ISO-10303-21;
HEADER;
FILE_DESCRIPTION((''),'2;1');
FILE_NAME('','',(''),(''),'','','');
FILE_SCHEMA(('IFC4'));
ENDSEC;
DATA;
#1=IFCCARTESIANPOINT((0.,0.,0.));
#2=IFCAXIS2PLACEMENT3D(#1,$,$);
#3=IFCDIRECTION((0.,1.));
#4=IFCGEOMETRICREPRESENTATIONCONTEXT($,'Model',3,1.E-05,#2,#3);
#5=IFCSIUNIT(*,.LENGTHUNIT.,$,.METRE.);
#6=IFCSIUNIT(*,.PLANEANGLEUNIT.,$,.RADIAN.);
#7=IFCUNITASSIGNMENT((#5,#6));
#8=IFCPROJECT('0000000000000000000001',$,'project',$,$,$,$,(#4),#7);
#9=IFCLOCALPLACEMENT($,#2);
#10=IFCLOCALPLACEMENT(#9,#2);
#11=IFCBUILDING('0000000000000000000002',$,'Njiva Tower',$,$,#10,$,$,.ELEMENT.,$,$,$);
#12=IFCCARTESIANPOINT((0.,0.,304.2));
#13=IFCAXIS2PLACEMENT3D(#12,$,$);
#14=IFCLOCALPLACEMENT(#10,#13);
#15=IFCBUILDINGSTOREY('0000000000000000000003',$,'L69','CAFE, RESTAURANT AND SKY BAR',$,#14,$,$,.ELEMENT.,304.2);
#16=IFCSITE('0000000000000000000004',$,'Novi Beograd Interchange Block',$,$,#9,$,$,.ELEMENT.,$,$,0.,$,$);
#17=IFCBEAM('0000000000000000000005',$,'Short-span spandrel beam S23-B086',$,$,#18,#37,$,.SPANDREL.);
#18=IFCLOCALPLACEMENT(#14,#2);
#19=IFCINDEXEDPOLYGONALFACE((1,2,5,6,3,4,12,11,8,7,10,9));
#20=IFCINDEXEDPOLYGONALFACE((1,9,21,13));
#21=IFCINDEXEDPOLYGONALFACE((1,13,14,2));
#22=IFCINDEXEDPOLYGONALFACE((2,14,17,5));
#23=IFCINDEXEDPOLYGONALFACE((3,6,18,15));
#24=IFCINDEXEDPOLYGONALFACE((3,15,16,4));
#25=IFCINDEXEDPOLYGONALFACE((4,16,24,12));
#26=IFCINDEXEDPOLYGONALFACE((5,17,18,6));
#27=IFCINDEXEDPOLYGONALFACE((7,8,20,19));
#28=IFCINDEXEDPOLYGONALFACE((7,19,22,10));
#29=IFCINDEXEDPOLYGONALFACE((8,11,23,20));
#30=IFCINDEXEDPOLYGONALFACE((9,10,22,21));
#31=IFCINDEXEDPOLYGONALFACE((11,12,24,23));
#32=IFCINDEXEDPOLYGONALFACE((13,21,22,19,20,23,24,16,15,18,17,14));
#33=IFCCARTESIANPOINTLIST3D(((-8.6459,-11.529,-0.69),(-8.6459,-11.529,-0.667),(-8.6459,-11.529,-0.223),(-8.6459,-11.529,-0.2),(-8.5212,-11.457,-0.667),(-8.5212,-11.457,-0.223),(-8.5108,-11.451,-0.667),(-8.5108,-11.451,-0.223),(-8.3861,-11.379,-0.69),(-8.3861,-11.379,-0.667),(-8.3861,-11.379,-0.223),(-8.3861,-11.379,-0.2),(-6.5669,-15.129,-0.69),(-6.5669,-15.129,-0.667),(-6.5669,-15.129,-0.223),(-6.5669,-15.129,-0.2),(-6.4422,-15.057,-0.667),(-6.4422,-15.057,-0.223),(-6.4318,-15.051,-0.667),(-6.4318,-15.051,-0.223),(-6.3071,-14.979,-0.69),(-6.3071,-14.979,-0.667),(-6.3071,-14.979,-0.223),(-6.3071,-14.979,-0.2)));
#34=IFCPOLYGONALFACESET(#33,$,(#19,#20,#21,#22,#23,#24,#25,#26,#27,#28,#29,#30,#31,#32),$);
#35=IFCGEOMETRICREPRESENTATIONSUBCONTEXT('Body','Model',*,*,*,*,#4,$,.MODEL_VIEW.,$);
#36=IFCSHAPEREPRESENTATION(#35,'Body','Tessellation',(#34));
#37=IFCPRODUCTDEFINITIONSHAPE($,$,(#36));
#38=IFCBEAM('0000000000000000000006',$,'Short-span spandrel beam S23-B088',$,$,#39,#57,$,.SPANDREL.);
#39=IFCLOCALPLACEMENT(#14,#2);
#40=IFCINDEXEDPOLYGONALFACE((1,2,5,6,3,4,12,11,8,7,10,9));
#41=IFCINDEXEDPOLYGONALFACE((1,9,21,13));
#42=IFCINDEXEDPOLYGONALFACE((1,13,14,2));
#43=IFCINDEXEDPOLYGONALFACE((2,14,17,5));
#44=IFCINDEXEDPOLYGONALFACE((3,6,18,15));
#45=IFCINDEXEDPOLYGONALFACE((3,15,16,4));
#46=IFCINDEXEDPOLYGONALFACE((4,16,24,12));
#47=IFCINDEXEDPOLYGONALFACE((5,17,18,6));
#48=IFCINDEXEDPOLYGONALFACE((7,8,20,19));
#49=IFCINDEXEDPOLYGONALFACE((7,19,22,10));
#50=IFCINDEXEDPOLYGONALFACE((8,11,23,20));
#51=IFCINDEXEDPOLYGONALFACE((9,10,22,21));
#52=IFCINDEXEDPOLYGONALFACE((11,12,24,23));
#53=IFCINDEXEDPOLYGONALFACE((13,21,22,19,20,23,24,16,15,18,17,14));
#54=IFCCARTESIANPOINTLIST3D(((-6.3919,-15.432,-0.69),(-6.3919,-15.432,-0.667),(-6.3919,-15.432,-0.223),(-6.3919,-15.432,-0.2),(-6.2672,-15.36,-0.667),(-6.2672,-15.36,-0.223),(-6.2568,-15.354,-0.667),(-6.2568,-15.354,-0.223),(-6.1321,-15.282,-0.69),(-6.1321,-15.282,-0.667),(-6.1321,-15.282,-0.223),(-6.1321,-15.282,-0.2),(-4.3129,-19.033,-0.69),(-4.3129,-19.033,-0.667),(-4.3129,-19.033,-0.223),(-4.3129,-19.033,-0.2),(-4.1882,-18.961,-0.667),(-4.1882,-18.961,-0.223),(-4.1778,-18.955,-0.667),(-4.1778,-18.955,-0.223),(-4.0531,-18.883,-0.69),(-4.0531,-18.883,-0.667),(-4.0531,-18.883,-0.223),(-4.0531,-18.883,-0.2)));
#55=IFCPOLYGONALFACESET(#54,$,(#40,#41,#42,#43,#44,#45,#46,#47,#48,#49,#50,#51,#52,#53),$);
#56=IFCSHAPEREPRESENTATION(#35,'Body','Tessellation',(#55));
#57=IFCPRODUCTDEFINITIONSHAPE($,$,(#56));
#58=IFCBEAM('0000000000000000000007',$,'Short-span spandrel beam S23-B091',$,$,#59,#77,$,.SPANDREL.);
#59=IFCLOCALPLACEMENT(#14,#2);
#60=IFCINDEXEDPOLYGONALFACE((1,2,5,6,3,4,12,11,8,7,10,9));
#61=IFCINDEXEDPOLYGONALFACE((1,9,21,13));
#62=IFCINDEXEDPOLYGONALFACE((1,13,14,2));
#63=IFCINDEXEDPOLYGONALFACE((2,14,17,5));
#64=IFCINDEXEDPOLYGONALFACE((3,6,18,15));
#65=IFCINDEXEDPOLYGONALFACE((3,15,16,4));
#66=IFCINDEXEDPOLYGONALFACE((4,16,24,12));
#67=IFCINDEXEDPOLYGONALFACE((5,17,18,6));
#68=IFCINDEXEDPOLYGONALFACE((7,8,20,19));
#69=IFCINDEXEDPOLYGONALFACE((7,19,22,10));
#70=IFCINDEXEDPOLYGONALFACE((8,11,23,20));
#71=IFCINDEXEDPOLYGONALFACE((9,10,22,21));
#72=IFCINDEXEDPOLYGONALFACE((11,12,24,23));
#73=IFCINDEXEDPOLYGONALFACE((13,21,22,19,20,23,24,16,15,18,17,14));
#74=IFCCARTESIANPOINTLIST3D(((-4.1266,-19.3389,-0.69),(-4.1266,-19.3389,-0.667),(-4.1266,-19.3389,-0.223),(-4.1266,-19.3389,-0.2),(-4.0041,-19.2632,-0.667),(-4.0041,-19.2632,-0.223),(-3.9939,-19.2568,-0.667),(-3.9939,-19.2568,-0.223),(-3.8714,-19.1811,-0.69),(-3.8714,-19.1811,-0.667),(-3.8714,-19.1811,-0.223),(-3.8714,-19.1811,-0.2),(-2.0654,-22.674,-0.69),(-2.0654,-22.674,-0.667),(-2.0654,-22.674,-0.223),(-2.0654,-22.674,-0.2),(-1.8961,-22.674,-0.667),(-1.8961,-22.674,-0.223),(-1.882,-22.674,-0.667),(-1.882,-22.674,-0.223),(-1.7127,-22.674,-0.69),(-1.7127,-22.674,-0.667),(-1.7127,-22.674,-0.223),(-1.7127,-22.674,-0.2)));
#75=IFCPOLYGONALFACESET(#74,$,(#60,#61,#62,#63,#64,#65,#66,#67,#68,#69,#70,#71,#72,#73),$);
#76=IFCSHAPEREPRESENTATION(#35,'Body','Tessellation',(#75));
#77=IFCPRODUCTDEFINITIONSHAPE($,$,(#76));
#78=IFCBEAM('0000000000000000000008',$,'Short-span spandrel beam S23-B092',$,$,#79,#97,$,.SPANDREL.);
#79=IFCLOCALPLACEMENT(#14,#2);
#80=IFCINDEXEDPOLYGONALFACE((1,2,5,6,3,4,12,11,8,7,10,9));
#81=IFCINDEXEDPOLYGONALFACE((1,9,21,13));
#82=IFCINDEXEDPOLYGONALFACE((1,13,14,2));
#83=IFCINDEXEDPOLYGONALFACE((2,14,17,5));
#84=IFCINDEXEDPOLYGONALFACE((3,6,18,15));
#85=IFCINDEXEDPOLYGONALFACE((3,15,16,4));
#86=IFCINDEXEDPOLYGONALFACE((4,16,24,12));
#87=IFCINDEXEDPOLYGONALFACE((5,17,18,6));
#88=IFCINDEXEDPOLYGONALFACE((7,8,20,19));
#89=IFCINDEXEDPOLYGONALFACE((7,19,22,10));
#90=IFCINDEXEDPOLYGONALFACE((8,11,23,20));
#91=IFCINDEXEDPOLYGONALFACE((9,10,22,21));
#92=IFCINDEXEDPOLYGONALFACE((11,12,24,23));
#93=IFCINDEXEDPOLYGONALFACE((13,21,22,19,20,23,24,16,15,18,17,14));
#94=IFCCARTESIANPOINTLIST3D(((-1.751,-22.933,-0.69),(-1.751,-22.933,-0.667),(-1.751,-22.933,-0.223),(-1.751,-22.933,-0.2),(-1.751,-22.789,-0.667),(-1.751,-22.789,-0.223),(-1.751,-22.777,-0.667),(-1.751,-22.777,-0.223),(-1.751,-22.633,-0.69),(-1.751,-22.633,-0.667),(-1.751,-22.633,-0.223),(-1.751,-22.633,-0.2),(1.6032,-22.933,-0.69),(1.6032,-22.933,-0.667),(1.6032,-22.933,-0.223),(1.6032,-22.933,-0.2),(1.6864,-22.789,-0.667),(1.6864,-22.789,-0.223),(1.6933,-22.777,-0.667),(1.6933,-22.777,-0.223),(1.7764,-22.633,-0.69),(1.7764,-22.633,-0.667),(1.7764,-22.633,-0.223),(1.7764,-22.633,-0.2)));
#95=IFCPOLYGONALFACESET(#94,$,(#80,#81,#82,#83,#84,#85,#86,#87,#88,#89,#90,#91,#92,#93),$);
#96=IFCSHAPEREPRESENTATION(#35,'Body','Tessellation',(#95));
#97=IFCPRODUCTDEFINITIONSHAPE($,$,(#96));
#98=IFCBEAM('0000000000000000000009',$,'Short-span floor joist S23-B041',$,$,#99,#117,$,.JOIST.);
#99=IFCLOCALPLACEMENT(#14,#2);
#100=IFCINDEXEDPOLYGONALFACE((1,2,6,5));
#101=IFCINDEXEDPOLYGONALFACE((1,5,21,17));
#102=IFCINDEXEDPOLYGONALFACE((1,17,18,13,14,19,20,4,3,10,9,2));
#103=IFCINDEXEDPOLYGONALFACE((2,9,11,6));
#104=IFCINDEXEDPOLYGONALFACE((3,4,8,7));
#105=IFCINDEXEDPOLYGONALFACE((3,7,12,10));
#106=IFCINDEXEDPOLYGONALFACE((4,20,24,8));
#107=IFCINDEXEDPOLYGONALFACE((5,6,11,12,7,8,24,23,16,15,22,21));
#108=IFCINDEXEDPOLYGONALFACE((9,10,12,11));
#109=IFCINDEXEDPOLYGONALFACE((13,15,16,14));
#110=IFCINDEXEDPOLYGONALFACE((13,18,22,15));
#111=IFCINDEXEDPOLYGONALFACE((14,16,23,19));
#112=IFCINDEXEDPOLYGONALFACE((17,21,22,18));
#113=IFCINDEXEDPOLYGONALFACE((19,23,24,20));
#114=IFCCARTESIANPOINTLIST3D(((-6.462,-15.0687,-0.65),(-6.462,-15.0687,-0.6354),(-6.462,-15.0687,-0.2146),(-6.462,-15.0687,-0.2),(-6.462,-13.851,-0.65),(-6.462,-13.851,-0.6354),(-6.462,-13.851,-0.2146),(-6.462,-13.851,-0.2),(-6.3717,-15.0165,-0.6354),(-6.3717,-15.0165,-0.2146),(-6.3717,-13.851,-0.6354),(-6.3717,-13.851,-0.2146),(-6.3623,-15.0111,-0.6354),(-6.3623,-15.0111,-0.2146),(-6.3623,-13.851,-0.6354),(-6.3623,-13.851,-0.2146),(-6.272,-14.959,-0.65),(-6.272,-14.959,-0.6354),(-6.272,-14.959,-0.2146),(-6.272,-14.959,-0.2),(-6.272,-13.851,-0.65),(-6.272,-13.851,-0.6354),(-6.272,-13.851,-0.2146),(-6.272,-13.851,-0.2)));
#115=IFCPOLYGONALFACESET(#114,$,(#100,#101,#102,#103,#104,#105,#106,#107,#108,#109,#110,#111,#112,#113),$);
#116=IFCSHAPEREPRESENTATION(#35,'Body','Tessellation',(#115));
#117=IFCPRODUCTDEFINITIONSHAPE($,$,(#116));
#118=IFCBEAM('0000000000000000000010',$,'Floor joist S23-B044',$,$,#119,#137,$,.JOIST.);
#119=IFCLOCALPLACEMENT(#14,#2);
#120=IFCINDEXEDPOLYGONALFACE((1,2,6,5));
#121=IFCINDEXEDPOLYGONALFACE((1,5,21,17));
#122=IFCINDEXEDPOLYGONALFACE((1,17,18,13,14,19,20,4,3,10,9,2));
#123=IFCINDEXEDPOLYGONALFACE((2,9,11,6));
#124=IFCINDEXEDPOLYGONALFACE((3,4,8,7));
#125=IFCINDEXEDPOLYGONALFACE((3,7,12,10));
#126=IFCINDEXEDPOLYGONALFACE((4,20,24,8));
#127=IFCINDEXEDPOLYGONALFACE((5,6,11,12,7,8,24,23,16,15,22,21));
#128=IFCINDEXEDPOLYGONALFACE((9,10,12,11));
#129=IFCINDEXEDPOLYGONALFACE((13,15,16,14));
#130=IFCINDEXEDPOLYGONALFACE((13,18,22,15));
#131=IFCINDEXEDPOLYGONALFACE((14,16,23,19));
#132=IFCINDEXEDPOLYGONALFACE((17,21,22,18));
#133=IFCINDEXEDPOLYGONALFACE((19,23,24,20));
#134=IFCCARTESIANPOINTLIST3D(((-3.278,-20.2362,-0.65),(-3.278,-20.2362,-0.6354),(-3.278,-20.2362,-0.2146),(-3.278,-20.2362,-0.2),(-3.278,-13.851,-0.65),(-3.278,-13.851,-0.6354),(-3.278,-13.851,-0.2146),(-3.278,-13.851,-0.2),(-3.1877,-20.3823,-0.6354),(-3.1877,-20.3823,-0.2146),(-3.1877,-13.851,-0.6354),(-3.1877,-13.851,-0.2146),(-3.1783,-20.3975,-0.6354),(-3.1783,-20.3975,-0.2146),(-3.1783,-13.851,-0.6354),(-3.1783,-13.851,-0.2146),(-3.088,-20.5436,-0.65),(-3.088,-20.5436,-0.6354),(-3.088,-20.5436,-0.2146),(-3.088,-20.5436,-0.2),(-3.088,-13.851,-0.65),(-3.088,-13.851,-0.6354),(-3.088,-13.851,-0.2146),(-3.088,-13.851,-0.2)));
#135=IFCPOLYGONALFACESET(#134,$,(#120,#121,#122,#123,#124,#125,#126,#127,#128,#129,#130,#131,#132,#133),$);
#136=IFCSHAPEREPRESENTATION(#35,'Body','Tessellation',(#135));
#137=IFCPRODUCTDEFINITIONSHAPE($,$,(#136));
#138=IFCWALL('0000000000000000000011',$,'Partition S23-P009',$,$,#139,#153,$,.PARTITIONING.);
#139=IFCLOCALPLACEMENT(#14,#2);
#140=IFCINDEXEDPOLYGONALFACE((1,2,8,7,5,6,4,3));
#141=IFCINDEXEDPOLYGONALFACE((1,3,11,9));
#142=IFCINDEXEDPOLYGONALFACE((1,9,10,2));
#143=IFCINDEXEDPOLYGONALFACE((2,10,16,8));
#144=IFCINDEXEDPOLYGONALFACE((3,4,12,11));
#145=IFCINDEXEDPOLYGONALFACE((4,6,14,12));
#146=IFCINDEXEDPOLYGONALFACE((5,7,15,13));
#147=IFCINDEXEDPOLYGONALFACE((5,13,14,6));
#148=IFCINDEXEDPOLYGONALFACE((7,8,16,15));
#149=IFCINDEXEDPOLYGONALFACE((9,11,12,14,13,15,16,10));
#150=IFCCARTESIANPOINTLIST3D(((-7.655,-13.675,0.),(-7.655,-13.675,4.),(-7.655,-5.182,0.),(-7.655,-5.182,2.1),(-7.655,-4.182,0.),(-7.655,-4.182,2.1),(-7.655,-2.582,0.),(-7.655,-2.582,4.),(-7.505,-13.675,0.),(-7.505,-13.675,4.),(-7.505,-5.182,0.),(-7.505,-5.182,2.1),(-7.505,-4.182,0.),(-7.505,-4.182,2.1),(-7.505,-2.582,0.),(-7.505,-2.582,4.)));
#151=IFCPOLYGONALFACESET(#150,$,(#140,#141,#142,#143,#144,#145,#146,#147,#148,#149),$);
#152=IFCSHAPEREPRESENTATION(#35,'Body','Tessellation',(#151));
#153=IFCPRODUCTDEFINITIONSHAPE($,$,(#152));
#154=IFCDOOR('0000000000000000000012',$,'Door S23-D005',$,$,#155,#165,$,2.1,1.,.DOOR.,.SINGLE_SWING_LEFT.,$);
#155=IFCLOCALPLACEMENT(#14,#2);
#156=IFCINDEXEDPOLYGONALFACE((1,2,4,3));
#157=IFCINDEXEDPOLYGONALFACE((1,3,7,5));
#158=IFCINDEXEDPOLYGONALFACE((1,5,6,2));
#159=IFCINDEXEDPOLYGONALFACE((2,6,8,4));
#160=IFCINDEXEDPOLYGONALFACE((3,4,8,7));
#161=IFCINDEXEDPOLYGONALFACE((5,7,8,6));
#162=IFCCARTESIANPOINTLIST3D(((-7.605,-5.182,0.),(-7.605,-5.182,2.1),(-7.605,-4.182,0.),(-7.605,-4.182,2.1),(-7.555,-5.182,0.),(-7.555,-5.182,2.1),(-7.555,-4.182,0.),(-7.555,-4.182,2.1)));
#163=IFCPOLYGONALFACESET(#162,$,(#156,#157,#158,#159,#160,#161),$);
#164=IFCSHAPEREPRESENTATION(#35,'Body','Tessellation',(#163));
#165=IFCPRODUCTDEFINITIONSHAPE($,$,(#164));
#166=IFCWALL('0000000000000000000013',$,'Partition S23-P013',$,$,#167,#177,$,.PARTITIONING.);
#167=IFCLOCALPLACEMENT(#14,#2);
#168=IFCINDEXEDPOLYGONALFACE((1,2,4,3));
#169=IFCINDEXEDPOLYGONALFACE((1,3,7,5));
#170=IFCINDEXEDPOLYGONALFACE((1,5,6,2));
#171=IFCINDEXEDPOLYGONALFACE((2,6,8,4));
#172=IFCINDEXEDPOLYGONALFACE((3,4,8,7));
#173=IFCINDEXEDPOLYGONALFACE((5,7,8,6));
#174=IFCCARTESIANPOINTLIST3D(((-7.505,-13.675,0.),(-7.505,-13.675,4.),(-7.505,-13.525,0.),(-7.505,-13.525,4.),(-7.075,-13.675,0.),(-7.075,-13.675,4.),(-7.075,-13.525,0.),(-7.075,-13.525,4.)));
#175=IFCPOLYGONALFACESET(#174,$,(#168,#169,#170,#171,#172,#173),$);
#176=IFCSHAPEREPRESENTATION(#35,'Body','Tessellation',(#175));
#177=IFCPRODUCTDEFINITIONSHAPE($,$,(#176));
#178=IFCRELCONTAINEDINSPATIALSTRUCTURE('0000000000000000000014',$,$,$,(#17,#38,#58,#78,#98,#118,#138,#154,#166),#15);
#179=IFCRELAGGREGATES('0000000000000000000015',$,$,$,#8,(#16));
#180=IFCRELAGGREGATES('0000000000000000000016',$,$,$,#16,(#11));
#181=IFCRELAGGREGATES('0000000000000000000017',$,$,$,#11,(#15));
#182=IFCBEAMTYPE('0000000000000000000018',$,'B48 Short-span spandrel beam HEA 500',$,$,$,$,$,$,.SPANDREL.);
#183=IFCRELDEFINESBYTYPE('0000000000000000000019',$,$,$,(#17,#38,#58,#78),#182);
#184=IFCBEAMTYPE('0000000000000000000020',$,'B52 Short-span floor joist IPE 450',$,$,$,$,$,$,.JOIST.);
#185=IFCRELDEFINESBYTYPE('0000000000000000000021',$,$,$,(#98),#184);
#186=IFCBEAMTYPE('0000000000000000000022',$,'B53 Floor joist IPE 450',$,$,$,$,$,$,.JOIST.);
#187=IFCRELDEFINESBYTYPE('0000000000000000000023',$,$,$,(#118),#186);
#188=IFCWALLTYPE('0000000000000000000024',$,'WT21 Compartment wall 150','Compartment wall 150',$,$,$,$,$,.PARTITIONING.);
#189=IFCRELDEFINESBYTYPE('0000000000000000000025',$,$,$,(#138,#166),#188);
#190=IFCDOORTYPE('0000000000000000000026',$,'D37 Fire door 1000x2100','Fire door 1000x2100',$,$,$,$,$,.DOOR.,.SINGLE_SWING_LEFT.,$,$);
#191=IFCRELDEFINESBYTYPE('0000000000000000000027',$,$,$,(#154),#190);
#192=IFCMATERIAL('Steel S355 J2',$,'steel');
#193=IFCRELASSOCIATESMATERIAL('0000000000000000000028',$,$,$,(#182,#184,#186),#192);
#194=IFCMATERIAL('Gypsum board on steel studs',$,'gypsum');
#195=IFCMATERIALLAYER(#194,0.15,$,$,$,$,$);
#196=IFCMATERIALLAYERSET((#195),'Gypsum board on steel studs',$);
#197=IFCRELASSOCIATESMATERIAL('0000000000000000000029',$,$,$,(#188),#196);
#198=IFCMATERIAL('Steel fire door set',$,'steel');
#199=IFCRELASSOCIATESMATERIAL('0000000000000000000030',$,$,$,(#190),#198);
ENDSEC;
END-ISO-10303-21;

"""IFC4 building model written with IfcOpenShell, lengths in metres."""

from ifc_helpers import new_model, si_unit, direction, frame, frame_2d, origin, origin_2d, place, context, subcontext, project, spatial, rectangle, i_section, extrude, clip, halfspace, material, layer, layer_set, material_profile, profile_set, type_object, element, fill, save


model = new_model("IFC4")

# Units and contexts
model_context = context("Model", 3, precision=1e-05, world=origin(), true_north=direction((0.0, 1.0)))
body_context = subcontext(model_context, "Body", "Model", "MODEL_VIEW")
ifc_project = project(units=[si_unit("LENGTHUNIT", "METRE"), si_unit("PLANEANGLEUNIT", "RADIAN")], contexts=[model_context])

# Site, building, storey
site_placement = place(None, origin())
site = spatial("IfcSite", under=ifc_project, at=site_placement, Name="Novi Beograd Interchange Block", CompositionType="ELEMENT", RefElevation=0.0)
building_placement = place(site_placement, origin())
building = spatial("IfcBuilding", under=site, at=building_placement, Name="Njiva Tower", CompositionType="ELEMENT")
storey_placement = place(building_placement, frame((0.0, 0.0, 304.2)))
storey = spatial("IfcBuildingStorey", under=building, at=storey_placement, Name="L69", Description="CAFE, RESTAURANT AND SKY BAR", CompositionType="ELEMENT", Elevation=304.2)

# Shared definitions
ifc_material_1 = material(Name="Steel S355 J2", Category="steel")

# Beams
ifc_material_profile_1 = material_profile(ifc_material_1, i_section(OverallWidth=0.3, OverallDepth=0.49, WebThickness=0.012, FlangeThickness=0.023, at=origin_2d()), Name="HEA 500")
ifc_profile_set_1 = profile_set([ifc_material_profile_1], Name="Steel S355 J2")
beam_type_1 = type_object("IfcBeamType", Name="B48 Short-span spandrel beam HEA 500", PredefinedType="SPANDREL", material=ifc_profile_set_1)
beam_1_placement = place(storey_placement, frame((-8.516, -11.454, -0.445), z_axis=(0.500097, -0.865969, 0.0), x_axis=(0.865969, 0.500097, 0.0)))
element("IfcBeam", 1, at=beam_1_placement, inside=storey, type_object=beam_type_1, Name="Short-span spandrel beam S23-B086", PredefinedType="SPANDREL", context=body_context, shape_type="SweptSolid", body=[
    extrude(i_section(OverallWidth=0.3, OverallDepth=0.49, WebThickness=0.012, FlangeThickness=0.023, at=origin_2d()), origin(), (0.0, 0.0, 1.0), 4.1572),
])
beam_2_placement = place(storey_placement, frame((-6.262, -15.357, -0.445), z_axis=(0.499993, -0.866029, 0.0), x_axis=(0.866029, 0.499993, 0.0)))
element("IfcBeam", 2, at=beam_2_placement, inside=storey, type_object=beam_type_1, Name="Short-span spandrel beam S23-B088", PredefinedType="SPANDREL", context=body_context, shape_type="SweptSolid", body=[
    extrude(i_section(OverallWidth=0.3, OverallDepth=0.49, WebThickness=0.012, FlangeThickness=0.023, at=origin_2d()), origin(), (0.0, 0.0, 1.0), 4.1581),
])
beam_3_placement = place(storey_placement, frame((-3.999, -19.26, -0.445), z_axis=(0.525737, -0.850647, 0.0), x_axis=(0.850647, 0.525737, 0.0)))
element("IfcBeam", 3, at=beam_3_placement, inside=storey, type_object=beam_type_1, Name="Short-span spandrel beam S23-B091", PredefinedType="SPANDREL", context=body_context, shape_type="Clipping", body=[
    clip(extrude(i_section(OverallWidth=0.3, OverallDepth=0.49, WebThickness=0.012, FlangeThickness=0.023, at=origin_2d()), origin(), (0.0, 0.0, 1.0), 4.1264), halfspace(frame((-0.026, 0.0, 3.9973), z_axis=(-0.525737, 0.0, 0.850647), x_axis=(0.0, 1.0, 0.0)), False)),
])
beam_4_placement = place(storey_placement, frame((-1.751, -22.783, -0.445), z_axis=(1.0, 0.0, 0.0), x_axis=(0.0, 1.0, 0.0)))
element("IfcBeam", 4, at=beam_4_placement, inside=storey, type_object=beam_type_1, Name="Short-span spandrel beam S23-B092", PredefinedType="SPANDREL", context=body_context, shape_type="Clipping", body=[
    clip(extrude(i_section(OverallWidth=0.3, OverallDepth=0.49, WebThickness=0.012, FlangeThickness=0.023, at=origin_2d()), origin(), (0.0, 0.0, 1.0), 3.548), halfspace(frame((-0.025, 0.0, 3.4264), z_axis=(-0.499998, 0.0, 0.866027), x_axis=(0.0, 1.0, 0.0)), False)),
])
ifc_material_profile_2 = material_profile(ifc_material_1, i_section(OverallWidth=0.19, OverallDepth=0.45, WebThickness=0.0094, FlangeThickness=0.0146, at=origin_2d()), Name="IPE 450")
ifc_profile_set_2 = profile_set([ifc_material_profile_2], Name="Steel S355 J2")
beam_type_2 = type_object("IfcBeamType", Name="B52 Short-span floor joist IPE 450", PredefinedType="JOIST", material=ifc_profile_set_2)
beam_5_placement = place(storey_placement, frame((-6.367, -13.851, -0.425), z_axis=(0.0, -1.0, 0.0), x_axis=(1.0, 0.0, 0.0)))
element("IfcBeam", 5, at=beam_5_placement, inside=storey, type_object=beam_type_2, Name="Short-span floor joist S23-B041", PredefinedType="JOIST", context=body_context, shape_type="Clipping", body=[
    clip(extrude(i_section(OverallWidth=0.19, OverallDepth=0.45, WebThickness=0.0094, FlangeThickness=0.0146, at=origin_2d()), origin(), (0.0, 0.0, 1.0), 1.238), halfspace(frame((0.0253, 0.0, 1.1482), z_axis=(0.499998, 0.0, 0.866027), x_axis=(0.0, 1.0, 0.0)), False)),
])
ifc_material_profile_3 = material_profile(ifc_material_1, i_section(OverallWidth=0.19, OverallDepth=0.45, WebThickness=0.0094, FlangeThickness=0.0146, at=origin_2d()), Name="IPE 450")
ifc_profile_set_3 = profile_set([ifc_material_profile_3], Name="Steel S355 J2")
beam_type_3 = type_object("IfcBeamType", Name="B53 Floor joist IPE 450", PredefinedType="JOIST", material=ifc_profile_set_3)
beam_6_placement = place(storey_placement, frame((-3.183, -13.851, -0.425), z_axis=(0.0, -1.0, 0.0), x_axis=(1.0, 0.0, 0.0)))
element("IfcBeam", 6, at=beam_6_placement, inside=storey, type_object=beam_type_3, Name="Floor joist S23-B044", PredefinedType="JOIST", context=body_context, shape_type="Clipping", body=[
    clip(extrude(i_section(OverallWidth=0.19, OverallDepth=0.45, WebThickness=0.0094, FlangeThickness=0.0146, at=origin_2d()), origin(), (0.0, 0.0, 1.0), 6.712), halfspace(frame((-0.0429, 0.0, 6.4695), z_axis=(-0.850616, 0.0, 0.525788), x_axis=(0.0, 1.0, 0.0)), False)),
])

# Wall, opening, door
ifc_material_2 = material(Name="Gypsum board on steel studs", Category="gypsum")
ifc_layer_1 = layer(ifc_material_2, 0.15)
ifc_layer_set_1 = layer_set([ifc_layer_1], Name="Gypsum board on steel studs")
wall_type_1 = type_object("IfcWallType", Name="WT21 Compartment wall 150", Description="Compartment wall 150", PredefinedType="PARTITIONING", material=ifc_layer_set_1)
wall_1_placement = place(storey_placement, frame((-7.58, -13.675, 0.0), z_axis=(0.0, 0.0, 1.0), x_axis=(0.0, 1.0, 0.0)))
wall_1 = element("IfcWall", 7, at=wall_1_placement, inside=storey, type_object=wall_type_1, Name="Partition S23-P009", PredefinedType="PARTITIONING", context=body_context, shape_type="SweptSolid", body=[
    extrude(rectangle(XDim=11.093, YDim=0.15, at=frame_2d((5.5465, 0.0))), origin(), (0.0, 0.0, 1.0), 4.0),
])
opening_1_placement = place(wall_1_placement, frame((8.493, 0.0, 0.0)))
opening_1 = element("IfcOpeningElement", 8, at=opening_1_placement, cuts=wall_1, PredefinedType="OPENING", context=body_context, shape_type="SweptSolid", body=[
    extrude(rectangle(XDim=1.0, YDim=2.1, at=frame_2d((0.5, 1.05))), frame((0.0, 0.085, 0.0), z_axis=(0.0, -1.0, 0.0), x_axis=(1.0, 0.0, 0.0)), (0.0, 0.0, 1.0), 0.17),
])
ifc_material_3 = material(Name="Steel fire door set", Category="steel")
door_type_1 = type_object("IfcDoorType", Name="D37 Fire door 1000x2100", Description="Fire door 1000x2100", OperationType="SINGLE_SWING_LEFT", PredefinedType="DOOR", material=ifc_material_3)
door_1_placement = place(opening_1_placement, origin())
door_1 = element("IfcDoor", 9, at=door_1_placement, inside=storey, type_object=door_type_1, Name="Door S23-D005", OperationType="SINGLE_SWING_LEFT", OverallHeight=2.1, OverallWidth=1.0, PredefinedType="DOOR", context=body_context, shape_type="SweptSolid", body=[
    extrude(rectangle(XDim=1.0, YDim=2.1, at=frame_2d((0.5, 1.05))), frame((0.0, 0.025, 0.0), z_axis=(0.0, -1.0, 0.0), x_axis=(1.0, 0.0, 0.0)), (0.0, 0.0, 1.0), 0.05),
])
fill(opening_1, door_1)

# Wall
wall_2_placement = place(storey_placement, frame((-7.505, -13.6, 0.0), z_axis=(0.0, 0.0, 1.0), x_axis=(1.0, 0.0, 0.0)))
element("IfcWall", 10, at=wall_2_placement, inside=storey, type_object=wall_type_1, Name="Partition S23-P013", PredefinedType="PARTITIONING", context=body_context, shape_type="SweptSolid", body=[
    extrude(rectangle(XDim=0.43, YDim=0.15, at=frame_2d((0.215, 0.0))), origin(), (0.0, 0.0, 1.0), 4.0),
])

save(model, "model.ifc")
